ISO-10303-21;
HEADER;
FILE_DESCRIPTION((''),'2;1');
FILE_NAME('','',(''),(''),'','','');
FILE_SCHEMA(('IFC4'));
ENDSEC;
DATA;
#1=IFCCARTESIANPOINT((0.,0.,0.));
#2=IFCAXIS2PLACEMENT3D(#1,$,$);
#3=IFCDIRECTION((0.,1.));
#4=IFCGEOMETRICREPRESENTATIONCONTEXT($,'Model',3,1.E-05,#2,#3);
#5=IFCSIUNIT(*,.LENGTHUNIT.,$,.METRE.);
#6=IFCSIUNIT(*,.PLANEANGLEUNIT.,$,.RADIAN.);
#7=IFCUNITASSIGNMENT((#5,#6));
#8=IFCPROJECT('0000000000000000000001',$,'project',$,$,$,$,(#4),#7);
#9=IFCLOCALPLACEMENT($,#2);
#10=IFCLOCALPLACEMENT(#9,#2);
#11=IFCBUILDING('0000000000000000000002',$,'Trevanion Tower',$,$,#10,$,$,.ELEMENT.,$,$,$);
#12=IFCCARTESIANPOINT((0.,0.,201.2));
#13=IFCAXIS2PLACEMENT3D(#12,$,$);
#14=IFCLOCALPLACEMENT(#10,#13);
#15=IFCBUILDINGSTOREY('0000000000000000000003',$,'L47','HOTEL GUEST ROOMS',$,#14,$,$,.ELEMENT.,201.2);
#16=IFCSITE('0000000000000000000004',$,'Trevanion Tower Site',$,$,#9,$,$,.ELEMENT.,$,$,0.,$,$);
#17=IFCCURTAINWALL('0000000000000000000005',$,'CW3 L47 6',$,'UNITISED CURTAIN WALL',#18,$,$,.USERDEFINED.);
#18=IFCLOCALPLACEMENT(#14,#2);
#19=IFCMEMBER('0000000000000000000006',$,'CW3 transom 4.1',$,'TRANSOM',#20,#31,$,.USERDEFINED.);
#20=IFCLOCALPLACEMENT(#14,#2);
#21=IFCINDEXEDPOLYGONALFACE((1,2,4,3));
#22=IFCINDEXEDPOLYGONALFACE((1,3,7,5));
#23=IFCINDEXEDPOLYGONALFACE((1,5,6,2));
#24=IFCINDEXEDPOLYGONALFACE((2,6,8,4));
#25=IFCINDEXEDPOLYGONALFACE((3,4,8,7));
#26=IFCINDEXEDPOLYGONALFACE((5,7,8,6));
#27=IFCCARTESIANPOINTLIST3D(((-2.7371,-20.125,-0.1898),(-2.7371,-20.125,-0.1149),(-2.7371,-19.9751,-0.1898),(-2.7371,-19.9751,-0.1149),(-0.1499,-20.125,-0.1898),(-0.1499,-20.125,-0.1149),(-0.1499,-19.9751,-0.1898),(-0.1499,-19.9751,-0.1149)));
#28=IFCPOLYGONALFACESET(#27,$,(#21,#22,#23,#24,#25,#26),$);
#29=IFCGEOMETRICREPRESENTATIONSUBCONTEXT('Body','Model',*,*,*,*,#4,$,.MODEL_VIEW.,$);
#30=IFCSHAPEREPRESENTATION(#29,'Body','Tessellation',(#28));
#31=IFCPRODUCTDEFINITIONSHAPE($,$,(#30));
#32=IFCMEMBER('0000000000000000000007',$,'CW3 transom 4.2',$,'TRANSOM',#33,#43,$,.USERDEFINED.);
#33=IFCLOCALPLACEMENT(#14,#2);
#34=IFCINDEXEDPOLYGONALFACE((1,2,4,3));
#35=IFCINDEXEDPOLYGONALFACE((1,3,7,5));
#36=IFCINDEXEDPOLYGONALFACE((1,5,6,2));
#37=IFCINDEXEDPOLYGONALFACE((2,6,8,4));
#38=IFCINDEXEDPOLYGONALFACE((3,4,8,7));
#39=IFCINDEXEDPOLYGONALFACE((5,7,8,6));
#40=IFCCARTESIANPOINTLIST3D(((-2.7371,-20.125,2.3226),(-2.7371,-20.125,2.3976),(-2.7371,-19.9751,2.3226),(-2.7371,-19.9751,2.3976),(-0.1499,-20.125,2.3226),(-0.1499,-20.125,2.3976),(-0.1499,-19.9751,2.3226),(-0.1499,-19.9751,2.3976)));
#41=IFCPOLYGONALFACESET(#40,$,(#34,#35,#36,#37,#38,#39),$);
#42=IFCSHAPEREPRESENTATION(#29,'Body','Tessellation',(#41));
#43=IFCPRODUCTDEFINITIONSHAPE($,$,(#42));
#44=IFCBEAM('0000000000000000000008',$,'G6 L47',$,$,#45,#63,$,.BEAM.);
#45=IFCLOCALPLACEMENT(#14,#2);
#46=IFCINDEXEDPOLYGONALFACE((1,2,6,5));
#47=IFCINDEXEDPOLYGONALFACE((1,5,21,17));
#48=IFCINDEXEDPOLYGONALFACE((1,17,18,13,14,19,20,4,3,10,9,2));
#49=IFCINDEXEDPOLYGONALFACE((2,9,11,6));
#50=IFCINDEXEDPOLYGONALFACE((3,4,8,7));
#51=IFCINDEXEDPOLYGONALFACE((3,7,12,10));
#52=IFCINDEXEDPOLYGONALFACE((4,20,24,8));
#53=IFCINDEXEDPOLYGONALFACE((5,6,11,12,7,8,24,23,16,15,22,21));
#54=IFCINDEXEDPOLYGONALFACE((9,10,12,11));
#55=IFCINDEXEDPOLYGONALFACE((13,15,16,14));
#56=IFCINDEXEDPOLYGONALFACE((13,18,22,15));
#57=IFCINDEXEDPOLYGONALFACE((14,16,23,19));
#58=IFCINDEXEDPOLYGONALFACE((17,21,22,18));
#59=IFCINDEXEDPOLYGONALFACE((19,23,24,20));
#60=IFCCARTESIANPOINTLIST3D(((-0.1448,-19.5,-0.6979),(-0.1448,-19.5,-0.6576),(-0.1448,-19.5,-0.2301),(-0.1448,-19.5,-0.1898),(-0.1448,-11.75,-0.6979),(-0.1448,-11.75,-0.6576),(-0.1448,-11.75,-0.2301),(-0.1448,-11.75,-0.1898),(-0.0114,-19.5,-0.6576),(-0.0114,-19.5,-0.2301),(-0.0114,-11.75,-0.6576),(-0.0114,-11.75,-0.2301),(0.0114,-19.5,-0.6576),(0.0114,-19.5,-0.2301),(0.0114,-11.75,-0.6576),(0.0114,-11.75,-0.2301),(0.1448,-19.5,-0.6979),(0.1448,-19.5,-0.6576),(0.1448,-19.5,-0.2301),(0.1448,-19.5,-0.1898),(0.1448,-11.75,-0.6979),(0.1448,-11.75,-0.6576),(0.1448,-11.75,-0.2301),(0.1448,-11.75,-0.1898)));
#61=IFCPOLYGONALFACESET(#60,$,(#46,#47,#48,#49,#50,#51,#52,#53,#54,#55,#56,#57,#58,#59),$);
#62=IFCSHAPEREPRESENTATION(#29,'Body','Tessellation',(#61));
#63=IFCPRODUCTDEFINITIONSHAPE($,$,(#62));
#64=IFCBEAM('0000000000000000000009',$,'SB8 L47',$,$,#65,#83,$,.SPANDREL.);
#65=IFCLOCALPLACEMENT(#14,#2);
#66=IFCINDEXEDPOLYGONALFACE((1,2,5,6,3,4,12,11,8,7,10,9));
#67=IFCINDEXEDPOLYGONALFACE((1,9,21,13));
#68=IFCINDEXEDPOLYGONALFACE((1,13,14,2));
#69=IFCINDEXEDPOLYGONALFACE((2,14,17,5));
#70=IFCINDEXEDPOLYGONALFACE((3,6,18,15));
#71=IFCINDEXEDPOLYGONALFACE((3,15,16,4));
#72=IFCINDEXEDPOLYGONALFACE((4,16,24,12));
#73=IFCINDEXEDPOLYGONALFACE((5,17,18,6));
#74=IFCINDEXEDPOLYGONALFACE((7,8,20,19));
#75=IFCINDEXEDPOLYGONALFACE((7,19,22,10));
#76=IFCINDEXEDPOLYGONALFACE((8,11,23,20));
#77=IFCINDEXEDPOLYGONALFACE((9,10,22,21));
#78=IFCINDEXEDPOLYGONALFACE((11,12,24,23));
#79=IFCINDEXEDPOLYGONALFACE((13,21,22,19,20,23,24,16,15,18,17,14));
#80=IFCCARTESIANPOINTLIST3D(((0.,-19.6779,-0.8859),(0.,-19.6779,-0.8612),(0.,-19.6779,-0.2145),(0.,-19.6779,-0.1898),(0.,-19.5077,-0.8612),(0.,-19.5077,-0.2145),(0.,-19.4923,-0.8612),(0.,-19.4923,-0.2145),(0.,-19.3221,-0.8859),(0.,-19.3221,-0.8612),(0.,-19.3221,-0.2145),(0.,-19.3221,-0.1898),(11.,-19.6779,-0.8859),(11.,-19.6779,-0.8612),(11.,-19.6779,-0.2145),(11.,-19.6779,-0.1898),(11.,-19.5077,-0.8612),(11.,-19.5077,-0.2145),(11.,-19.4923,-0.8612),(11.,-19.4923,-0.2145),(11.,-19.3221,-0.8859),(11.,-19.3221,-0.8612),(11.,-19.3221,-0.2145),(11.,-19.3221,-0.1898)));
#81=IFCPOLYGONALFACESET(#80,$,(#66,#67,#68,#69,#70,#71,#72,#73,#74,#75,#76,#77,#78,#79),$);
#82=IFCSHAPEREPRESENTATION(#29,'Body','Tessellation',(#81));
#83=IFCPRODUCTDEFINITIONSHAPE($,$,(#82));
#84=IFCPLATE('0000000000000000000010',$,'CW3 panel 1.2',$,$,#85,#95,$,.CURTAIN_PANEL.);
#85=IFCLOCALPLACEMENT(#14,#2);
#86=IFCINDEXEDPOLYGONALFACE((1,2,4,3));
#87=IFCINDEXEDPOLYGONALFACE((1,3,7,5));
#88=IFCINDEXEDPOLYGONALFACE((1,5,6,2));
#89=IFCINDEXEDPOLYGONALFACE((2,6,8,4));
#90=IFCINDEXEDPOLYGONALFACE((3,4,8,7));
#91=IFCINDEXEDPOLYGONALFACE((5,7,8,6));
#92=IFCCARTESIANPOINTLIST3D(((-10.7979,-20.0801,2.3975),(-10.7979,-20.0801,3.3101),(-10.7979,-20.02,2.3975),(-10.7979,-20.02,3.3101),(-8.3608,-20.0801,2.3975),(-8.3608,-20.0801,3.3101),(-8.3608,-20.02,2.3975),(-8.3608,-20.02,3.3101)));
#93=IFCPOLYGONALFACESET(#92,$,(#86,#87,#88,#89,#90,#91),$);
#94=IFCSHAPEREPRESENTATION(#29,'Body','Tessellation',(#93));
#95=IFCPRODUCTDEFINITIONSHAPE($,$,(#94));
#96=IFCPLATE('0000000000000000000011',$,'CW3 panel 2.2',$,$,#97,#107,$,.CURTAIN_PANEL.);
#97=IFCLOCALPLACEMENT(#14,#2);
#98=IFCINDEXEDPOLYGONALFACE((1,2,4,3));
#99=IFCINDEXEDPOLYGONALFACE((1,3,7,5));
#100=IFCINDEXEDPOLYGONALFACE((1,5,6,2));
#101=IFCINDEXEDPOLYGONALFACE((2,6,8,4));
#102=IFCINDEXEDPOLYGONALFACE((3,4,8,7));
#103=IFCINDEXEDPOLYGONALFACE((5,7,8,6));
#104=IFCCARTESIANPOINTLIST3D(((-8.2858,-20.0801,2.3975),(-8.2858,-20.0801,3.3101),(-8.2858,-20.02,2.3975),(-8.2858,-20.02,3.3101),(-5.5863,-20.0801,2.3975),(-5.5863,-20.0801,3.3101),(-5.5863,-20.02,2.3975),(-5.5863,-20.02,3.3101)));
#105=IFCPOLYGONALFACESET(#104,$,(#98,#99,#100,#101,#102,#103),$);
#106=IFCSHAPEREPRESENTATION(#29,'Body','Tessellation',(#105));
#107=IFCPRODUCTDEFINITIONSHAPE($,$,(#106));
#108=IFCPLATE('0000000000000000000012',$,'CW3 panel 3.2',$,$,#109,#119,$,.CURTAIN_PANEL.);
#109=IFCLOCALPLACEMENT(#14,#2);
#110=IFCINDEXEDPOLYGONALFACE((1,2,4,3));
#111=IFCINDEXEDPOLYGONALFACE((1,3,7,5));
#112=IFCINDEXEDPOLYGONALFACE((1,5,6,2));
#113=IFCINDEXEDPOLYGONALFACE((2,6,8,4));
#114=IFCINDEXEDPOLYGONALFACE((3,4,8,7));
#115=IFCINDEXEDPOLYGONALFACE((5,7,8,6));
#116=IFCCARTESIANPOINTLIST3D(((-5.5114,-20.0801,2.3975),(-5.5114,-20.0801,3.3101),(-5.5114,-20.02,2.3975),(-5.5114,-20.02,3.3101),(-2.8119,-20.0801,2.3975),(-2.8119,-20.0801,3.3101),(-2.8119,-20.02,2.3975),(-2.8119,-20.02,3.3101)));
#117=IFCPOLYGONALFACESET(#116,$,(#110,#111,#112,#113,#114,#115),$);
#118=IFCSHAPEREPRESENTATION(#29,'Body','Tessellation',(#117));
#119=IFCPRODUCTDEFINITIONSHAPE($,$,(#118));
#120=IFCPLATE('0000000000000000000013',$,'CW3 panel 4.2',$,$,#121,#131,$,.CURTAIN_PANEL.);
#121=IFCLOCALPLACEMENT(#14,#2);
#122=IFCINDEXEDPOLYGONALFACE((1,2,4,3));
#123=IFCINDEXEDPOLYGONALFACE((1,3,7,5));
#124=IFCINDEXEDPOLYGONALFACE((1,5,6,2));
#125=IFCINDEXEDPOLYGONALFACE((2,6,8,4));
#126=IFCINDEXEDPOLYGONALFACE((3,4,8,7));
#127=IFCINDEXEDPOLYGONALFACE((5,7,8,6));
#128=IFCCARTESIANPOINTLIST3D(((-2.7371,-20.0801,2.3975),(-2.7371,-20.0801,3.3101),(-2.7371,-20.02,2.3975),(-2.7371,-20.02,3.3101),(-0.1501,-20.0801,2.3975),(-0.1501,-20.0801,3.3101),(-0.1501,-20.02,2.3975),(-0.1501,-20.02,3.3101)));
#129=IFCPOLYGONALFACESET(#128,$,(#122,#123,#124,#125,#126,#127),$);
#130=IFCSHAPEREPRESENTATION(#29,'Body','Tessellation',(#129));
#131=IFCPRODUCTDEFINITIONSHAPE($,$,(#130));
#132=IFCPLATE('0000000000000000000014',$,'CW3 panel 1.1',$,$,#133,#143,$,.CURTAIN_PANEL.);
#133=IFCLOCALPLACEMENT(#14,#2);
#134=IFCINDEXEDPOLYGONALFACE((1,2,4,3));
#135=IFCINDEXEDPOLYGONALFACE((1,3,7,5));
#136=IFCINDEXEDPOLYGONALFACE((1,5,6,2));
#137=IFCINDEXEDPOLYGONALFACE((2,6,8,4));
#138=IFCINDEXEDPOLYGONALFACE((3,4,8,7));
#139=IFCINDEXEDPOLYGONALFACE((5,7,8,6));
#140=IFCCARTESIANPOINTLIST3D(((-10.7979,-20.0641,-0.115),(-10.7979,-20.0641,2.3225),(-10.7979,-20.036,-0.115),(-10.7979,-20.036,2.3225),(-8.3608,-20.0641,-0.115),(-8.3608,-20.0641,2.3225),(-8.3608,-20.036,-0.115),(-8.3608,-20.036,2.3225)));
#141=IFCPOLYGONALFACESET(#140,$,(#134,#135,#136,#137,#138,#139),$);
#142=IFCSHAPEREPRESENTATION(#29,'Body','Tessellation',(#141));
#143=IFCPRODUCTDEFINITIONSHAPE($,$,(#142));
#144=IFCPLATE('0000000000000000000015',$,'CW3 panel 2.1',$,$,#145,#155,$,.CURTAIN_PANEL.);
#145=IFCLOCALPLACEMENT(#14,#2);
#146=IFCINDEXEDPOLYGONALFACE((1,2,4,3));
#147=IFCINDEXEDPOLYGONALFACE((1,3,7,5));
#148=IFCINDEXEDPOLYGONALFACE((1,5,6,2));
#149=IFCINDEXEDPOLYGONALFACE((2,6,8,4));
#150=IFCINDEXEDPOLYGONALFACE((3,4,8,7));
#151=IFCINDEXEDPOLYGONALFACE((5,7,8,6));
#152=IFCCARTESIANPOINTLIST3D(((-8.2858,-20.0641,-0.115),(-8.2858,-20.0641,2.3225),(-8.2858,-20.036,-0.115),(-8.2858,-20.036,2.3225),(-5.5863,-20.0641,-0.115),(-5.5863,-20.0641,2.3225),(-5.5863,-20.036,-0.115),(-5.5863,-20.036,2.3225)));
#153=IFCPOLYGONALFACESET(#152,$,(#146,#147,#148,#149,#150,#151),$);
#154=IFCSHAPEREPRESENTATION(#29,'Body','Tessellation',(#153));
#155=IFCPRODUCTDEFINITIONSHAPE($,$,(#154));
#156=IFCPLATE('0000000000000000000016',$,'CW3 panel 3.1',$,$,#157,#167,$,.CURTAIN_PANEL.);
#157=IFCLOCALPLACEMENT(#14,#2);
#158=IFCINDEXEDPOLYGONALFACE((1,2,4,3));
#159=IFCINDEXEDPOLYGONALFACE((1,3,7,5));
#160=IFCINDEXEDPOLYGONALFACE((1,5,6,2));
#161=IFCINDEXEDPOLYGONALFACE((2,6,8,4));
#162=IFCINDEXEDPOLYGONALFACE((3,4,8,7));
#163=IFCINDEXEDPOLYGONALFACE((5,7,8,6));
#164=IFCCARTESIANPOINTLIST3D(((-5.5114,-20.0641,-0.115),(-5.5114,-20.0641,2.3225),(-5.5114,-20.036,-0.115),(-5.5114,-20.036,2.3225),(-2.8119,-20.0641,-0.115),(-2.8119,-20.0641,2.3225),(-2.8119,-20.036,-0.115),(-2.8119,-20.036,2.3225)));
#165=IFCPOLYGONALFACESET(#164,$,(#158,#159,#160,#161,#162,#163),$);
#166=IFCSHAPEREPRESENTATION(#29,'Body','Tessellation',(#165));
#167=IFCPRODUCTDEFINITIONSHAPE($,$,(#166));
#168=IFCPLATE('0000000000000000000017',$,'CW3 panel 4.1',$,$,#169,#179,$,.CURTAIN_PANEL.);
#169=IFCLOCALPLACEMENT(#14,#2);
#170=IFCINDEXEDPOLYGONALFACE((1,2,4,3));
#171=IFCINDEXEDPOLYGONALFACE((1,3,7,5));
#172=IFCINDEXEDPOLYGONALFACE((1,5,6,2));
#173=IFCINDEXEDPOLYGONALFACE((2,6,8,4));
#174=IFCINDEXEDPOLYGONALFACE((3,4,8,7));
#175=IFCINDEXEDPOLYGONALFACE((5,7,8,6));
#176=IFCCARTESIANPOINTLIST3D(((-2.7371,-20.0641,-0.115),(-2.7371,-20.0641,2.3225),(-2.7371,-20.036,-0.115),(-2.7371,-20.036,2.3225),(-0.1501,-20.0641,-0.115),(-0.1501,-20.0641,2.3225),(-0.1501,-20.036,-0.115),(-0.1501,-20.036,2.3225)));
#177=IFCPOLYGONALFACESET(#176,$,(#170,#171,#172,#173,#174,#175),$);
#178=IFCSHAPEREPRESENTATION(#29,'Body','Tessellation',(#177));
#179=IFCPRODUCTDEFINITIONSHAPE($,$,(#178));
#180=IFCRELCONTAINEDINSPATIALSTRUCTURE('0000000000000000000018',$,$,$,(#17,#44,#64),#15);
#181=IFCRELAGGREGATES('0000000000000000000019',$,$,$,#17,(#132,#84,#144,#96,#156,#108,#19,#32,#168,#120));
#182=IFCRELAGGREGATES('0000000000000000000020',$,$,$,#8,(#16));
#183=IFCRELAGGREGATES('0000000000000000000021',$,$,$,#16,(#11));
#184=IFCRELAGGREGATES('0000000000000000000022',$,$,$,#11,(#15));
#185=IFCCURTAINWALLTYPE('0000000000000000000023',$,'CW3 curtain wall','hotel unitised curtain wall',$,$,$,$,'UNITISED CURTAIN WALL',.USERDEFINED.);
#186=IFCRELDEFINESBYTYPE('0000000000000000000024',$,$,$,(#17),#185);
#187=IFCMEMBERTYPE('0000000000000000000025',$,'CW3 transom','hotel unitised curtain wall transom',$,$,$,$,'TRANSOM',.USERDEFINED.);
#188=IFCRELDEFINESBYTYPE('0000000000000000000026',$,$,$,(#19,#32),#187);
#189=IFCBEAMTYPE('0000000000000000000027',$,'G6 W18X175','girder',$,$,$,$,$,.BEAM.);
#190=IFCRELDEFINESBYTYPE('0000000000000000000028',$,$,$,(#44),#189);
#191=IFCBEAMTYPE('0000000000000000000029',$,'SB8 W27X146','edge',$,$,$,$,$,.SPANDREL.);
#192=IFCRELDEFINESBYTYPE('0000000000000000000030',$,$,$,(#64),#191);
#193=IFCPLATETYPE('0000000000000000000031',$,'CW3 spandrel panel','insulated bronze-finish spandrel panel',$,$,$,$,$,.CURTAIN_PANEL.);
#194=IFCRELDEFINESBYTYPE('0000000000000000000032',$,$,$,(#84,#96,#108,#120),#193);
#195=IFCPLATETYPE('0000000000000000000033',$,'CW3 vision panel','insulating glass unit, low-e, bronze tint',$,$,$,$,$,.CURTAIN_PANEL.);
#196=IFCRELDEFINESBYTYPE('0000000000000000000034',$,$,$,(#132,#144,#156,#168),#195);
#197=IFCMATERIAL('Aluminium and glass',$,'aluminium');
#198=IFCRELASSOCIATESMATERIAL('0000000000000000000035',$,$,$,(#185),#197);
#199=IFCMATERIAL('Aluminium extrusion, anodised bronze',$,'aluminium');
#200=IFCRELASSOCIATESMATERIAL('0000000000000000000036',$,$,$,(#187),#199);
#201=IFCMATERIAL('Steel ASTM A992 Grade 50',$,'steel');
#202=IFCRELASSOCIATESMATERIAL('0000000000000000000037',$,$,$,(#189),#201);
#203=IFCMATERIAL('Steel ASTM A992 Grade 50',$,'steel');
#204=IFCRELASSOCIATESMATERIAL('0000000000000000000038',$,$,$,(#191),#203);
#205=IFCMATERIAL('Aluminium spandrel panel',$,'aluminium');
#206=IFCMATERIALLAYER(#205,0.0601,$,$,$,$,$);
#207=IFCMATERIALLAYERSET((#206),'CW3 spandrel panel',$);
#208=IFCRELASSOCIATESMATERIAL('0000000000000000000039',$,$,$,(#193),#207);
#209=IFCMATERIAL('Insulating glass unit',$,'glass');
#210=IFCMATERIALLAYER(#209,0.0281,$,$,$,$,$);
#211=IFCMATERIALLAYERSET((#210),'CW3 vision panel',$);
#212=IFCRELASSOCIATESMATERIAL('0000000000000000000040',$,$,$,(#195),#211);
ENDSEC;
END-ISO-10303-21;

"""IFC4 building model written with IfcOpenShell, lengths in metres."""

from ifc_helpers import new_model, si_unit, direction, frame, origin, origin_2d, place, context, subcontext, project, spatial, rectangle, i_section, extrude, material, layer, layer_set, material_profile, profile_set, type_object, element, aggregate, save


model = new_model("IFC4")

# Units and contexts
model_context = context("Model", 3, precision=1e-05, world=origin(), true_north=direction((0.0, 1.0)))
body_context = subcontext(model_context, "Body", "Model", "MODEL_VIEW")
ifc_project = project(units=[si_unit("LENGTHUNIT", "METRE"), si_unit("PLANEANGLEUNIT", "RADIAN")], contexts=[model_context])

# Site, building, storey
site_placement = place(None, origin())
site = spatial("IfcSite", under=ifc_project, at=site_placement, Name="Trevanion Tower Site", CompositionType="ELEMENT", RefElevation=0.0)
building_placement = place(site_placement, origin())
building = spatial("IfcBuilding", under=site, at=building_placement, Name="Trevanion Tower", CompositionType="ELEMENT")
storey_placement = place(building_placement, frame((0.0, 0.0, 201.2)))
storey = spatial("IfcBuildingStorey", under=building, at=storey_placement, Name="L47", Description="HOTEL GUEST ROOMS", CompositionType="ELEMENT", Elevation=201.2)

# Curtain wall, members
ifc_material_1 = material(Name="Aluminium and glass", Category="aluminium")
curtain_wall_type = type_object("IfcCurtainWallType", Name="CW3 curtain wall", Description="hotel unitised curtain wall", ElementType="UNITISED CURTAIN WALL", PredefinedType="USERDEFINED", material=ifc_material_1)
curtain_wall_placement = place(storey_placement, origin())
curtain_wall = element("IfcCurtainWall", 1, at=curtain_wall_placement, inside=storey, type_object=curtain_wall_type, Name="CW3 L47 6", ObjectType="UNITISED CURTAIN WALL", PredefinedType="USERDEFINED")
ifc_material_2 = material(Name="Aluminium extrusion, anodised bronze", Category="aluminium")
ifc_material_profile_1 = material_profile(ifc_material_2, rectangle(XDim=0.1499, YDim=0.075, at=origin_2d()), Name="CW3 transom")
ifc_profile_set_1 = profile_set([ifc_material_profile_1], Name="Aluminium extrusion, anodised bronze")
member_type_1 = type_object("IfcMemberType", Name="CW3 transom", Description="hotel unitised curtain wall transom", ElementType="TRANSOM", PredefinedType="USERDEFINED", material=ifc_profile_set_1)
member_1_placement = place(storey_placement, frame((-2.7371, -20.05, -0.1523), z_axis=(1.0, 0.0, 0.0), x_axis=(0.0, 1.0, 0.0)))
member_1 = element("IfcMember", 2, at=member_1_placement, type_object=member_type_1, Name="CW3 transom 4.1", ObjectType="TRANSOM", PredefinedType="USERDEFINED", context=body_context, shape_type="SweptSolid", body=[
    extrude(rectangle(XDim=0.1499, YDim=0.075, at=origin_2d()), origin(), (0.0, 0.0, 1.0), 2.5872),
])
member_2_placement = place(storey_placement, frame((-2.7371, -20.05, 2.3601), z_axis=(1.0, 0.0, 0.0), x_axis=(0.0, 1.0, 0.0)))
member_2 = element("IfcMember", 3, at=member_2_placement, type_object=member_type_1, Name="CW3 transom 4.2", ObjectType="TRANSOM", PredefinedType="USERDEFINED", context=body_context, shape_type="SweptSolid", body=[
    extrude(rectangle(XDim=0.1499, YDim=0.075, at=origin_2d()), origin(), (0.0, 0.0, 1.0), 2.5872),
])

# Beams
ifc_material_3 = material(Name="Steel ASTM A992 Grade 50", Category="steel")
ifc_material_profile_2 = material_profile(ifc_material_3, i_section(OverallWidth=0.2896, OverallDepth=0.5081, WebThickness=0.0227, FlangeThickness=0.0403, at=origin_2d()), Name="W18X175")
ifc_profile_set_2 = profile_set([ifc_material_profile_2], Name="Steel ASTM A992 Grade 50")
beam_type_1 = type_object("IfcBeamType", Name="G6 W18X175", Description="girder", PredefinedType="BEAM", material=ifc_profile_set_2)
beam_1_placement = place(storey_placement, frame((0.0, -11.75, -0.4438), z_axis=(0.0, -1.0, 0.0), x_axis=(1.0, 0.0, 0.0)))
element("IfcBeam", 4, at=beam_1_placement, inside=storey, type_object=beam_type_1, Name="G6 L47", PredefinedType="BEAM", context=body_context, shape_type="SweptSolid", body=[
    extrude(i_section(OverallWidth=0.2896, OverallDepth=0.5081, WebThickness=0.0227, FlangeThickness=0.0403, at=origin_2d()), origin(), (0.0, 0.0, 1.0), 7.75),
])
ifc_material_4 = material(Name="Steel ASTM A992 Grade 50", Category="steel")
ifc_material_profile_3 = material_profile(ifc_material_4, i_section(OverallWidth=0.3557, OverallDepth=0.696, WebThickness=0.0154, FlangeThickness=0.0247, at=origin_2d()), Name="W27X146")
ifc_profile_set_3 = profile_set([ifc_material_profile_3], Name="Steel ASTM A992 Grade 50")
beam_type_2 = type_object("IfcBeamType", Name="SB8 W27X146", Description="edge", PredefinedType="SPANDREL", material=ifc_profile_set_3)
beam_2_placement = place(storey_placement, frame((0.0, -19.5, -0.5378), z_axis=(1.0, 0.0, 0.0), x_axis=(0.0, 1.0, 0.0)))
element("IfcBeam", 5, at=beam_2_placement, inside=storey, type_object=beam_type_2, Name="SB8 L47", PredefinedType="SPANDREL", context=body_context, shape_type="SweptSolid", body=[
    extrude(i_section(OverallWidth=0.3557, OverallDepth=0.696, WebThickness=0.0154, FlangeThickness=0.0247, at=origin_2d()), origin(), (0.0, 0.0, 1.0), 11.0),
])

# Plates
ifc_material_5 = material(Name="Aluminium spandrel panel", Category="aluminium")
ifc_layer_1 = layer(ifc_material_5, 0.0601)
ifc_layer_set_1 = layer_set([ifc_layer_1], Name="CW3 spandrel panel")
plate_type_1 = type_object("IfcPlateType", Name="CW3 spandrel panel", Description="insulated bronze-finish spandrel panel", PredefinedType="CURTAIN_PANEL", material=ifc_layer_set_1)
plate_1_placement = place(storey_placement, frame((-9.5793, -20.05, 2.3975), z_axis=(0.0, 0.0, 1.0), x_axis=(1.0, 0.0, 0.0)))
plate_1 = element("IfcPlate", 6, at=plate_1_placement, type_object=plate_type_1, Name="CW3 panel 1.2", PredefinedType="CURTAIN_PANEL", context=body_context, shape_type="SweptSolid", body=[
    extrude(rectangle(XDim=2.437, YDim=0.0601, at=origin_2d()), origin(), (0.0, 0.0, 1.0), 0.9126),
])
plate_2_placement = place(storey_placement, frame((-6.936, -20.05, 2.3975), z_axis=(0.0, 0.0, 1.0), x_axis=(1.0, 0.0, 0.0)))
plate_2 = element("IfcPlate", 7, at=plate_2_placement, type_object=plate_type_1, Name="CW3 panel 2.2", PredefinedType="CURTAIN_PANEL", context=body_context, shape_type="SweptSolid", body=[
    extrude(rectangle(XDim=2.6995, YDim=0.0601, at=origin_2d()), origin(), (0.0, 0.0, 1.0), 0.9126),
])
plate_3_placement = place(storey_placement, frame((-4.1616, -20.05, 2.3975), z_axis=(0.0, 0.0, 1.0), x_axis=(1.0, 0.0, 0.0)))
plate_3 = element("IfcPlate", 8, at=plate_3_placement, type_object=plate_type_1, Name="CW3 panel 3.2", PredefinedType="CURTAIN_PANEL", context=body_context, shape_type="SweptSolid", body=[
    extrude(rectangle(XDim=2.6995, YDim=0.0601, at=origin_2d()), origin(), (0.0, 0.0, 1.0), 0.9126),
])
plate_4_placement = place(storey_placement, frame((-1.4436, -20.05, 2.3975), z_axis=(0.0, 0.0, 1.0), x_axis=(1.0, 0.0, 0.0)))
plate_4 = element("IfcPlate", 9, at=plate_4_placement, type_object=plate_type_1, Name="CW3 panel 4.2", PredefinedType="CURTAIN_PANEL", context=body_context, shape_type="SweptSolid", body=[
    extrude(rectangle(XDim=2.5869, YDim=0.0601, at=origin_2d()), origin(), (0.0, 0.0, 1.0), 0.9126),
])
ifc_material_6 = material(Name="Insulating glass unit", Category="glass")
ifc_layer_2 = layer(ifc_material_6, 0.0281)
ifc_layer_set_2 = layer_set([ifc_layer_2], Name="CW3 vision panel")
plate_type_2 = type_object("IfcPlateType", Name="CW3 vision panel", Description="insulating glass unit, low-e, bronze tint", PredefinedType="CURTAIN_PANEL", material=ifc_layer_set_2)
plate_5_placement = place(storey_placement, frame((-9.5793, -20.05, -0.115), z_axis=(0.0, 0.0, 1.0), x_axis=(1.0, 0.0, 0.0)))
plate_5 = element("IfcPlate", 10, at=plate_5_placement, type_object=plate_type_2, Name="CW3 panel 1.1", PredefinedType="CURTAIN_PANEL", context=body_context, shape_type="SweptSolid", body=[
    extrude(rectangle(XDim=2.437, YDim=0.0281, at=origin_2d()), origin(), (0.0, 0.0, 1.0), 2.4375),
])
plate_6_placement = place(storey_placement, frame((-6.936, -20.05, -0.115), z_axis=(0.0, 0.0, 1.0), x_axis=(1.0, 0.0, 0.0)))
plate_6 = element("IfcPlate", 11, at=plate_6_placement, type_object=plate_type_2, Name="CW3 panel 2.1", PredefinedType="CURTAIN_PANEL", context=body_context, shape_type="SweptSolid", body=[
    extrude(rectangle(XDim=2.6995, YDim=0.0281, at=origin_2d()), origin(), (0.0, 0.0, 1.0), 2.4375),
])
plate_7_placement = place(storey_placement, frame((-4.1616, -20.05, -0.115), z_axis=(0.0, 0.0, 1.0), x_axis=(1.0, 0.0, 0.0)))
plate_7 = element("IfcPlate", 12, at=plate_7_placement, type_object=plate_type_2, Name="CW3 panel 3.1", PredefinedType="CURTAIN_PANEL", context=body_context, shape_type="SweptSolid", body=[
    extrude(rectangle(XDim=2.6995, YDim=0.0281, at=origin_2d()), origin(), (0.0, 0.0, 1.0), 2.4375),
])
plate_8_placement = place(storey_placement, frame((-1.4436, -20.05, -0.115), z_axis=(0.0, 0.0, 1.0), x_axis=(1.0, 0.0, 0.0)))
plate_8 = element("IfcPlate", 13, at=plate_8_placement, type_object=plate_type_2, Name="CW3 panel 4.1", PredefinedType="CURTAIN_PANEL", context=body_context, shape_type="SweptSolid", body=[
    extrude(rectangle(XDim=2.5869, YDim=0.0281, at=origin_2d()), origin(), (0.0, 0.0, 1.0), 2.4375),
])
aggregate(curtain_wall, [plate_5, plate_1, plate_6, plate_2, plate_7, plate_3, member_1, member_2, plate_8, plate_4])

save(model, "model.ifc")
